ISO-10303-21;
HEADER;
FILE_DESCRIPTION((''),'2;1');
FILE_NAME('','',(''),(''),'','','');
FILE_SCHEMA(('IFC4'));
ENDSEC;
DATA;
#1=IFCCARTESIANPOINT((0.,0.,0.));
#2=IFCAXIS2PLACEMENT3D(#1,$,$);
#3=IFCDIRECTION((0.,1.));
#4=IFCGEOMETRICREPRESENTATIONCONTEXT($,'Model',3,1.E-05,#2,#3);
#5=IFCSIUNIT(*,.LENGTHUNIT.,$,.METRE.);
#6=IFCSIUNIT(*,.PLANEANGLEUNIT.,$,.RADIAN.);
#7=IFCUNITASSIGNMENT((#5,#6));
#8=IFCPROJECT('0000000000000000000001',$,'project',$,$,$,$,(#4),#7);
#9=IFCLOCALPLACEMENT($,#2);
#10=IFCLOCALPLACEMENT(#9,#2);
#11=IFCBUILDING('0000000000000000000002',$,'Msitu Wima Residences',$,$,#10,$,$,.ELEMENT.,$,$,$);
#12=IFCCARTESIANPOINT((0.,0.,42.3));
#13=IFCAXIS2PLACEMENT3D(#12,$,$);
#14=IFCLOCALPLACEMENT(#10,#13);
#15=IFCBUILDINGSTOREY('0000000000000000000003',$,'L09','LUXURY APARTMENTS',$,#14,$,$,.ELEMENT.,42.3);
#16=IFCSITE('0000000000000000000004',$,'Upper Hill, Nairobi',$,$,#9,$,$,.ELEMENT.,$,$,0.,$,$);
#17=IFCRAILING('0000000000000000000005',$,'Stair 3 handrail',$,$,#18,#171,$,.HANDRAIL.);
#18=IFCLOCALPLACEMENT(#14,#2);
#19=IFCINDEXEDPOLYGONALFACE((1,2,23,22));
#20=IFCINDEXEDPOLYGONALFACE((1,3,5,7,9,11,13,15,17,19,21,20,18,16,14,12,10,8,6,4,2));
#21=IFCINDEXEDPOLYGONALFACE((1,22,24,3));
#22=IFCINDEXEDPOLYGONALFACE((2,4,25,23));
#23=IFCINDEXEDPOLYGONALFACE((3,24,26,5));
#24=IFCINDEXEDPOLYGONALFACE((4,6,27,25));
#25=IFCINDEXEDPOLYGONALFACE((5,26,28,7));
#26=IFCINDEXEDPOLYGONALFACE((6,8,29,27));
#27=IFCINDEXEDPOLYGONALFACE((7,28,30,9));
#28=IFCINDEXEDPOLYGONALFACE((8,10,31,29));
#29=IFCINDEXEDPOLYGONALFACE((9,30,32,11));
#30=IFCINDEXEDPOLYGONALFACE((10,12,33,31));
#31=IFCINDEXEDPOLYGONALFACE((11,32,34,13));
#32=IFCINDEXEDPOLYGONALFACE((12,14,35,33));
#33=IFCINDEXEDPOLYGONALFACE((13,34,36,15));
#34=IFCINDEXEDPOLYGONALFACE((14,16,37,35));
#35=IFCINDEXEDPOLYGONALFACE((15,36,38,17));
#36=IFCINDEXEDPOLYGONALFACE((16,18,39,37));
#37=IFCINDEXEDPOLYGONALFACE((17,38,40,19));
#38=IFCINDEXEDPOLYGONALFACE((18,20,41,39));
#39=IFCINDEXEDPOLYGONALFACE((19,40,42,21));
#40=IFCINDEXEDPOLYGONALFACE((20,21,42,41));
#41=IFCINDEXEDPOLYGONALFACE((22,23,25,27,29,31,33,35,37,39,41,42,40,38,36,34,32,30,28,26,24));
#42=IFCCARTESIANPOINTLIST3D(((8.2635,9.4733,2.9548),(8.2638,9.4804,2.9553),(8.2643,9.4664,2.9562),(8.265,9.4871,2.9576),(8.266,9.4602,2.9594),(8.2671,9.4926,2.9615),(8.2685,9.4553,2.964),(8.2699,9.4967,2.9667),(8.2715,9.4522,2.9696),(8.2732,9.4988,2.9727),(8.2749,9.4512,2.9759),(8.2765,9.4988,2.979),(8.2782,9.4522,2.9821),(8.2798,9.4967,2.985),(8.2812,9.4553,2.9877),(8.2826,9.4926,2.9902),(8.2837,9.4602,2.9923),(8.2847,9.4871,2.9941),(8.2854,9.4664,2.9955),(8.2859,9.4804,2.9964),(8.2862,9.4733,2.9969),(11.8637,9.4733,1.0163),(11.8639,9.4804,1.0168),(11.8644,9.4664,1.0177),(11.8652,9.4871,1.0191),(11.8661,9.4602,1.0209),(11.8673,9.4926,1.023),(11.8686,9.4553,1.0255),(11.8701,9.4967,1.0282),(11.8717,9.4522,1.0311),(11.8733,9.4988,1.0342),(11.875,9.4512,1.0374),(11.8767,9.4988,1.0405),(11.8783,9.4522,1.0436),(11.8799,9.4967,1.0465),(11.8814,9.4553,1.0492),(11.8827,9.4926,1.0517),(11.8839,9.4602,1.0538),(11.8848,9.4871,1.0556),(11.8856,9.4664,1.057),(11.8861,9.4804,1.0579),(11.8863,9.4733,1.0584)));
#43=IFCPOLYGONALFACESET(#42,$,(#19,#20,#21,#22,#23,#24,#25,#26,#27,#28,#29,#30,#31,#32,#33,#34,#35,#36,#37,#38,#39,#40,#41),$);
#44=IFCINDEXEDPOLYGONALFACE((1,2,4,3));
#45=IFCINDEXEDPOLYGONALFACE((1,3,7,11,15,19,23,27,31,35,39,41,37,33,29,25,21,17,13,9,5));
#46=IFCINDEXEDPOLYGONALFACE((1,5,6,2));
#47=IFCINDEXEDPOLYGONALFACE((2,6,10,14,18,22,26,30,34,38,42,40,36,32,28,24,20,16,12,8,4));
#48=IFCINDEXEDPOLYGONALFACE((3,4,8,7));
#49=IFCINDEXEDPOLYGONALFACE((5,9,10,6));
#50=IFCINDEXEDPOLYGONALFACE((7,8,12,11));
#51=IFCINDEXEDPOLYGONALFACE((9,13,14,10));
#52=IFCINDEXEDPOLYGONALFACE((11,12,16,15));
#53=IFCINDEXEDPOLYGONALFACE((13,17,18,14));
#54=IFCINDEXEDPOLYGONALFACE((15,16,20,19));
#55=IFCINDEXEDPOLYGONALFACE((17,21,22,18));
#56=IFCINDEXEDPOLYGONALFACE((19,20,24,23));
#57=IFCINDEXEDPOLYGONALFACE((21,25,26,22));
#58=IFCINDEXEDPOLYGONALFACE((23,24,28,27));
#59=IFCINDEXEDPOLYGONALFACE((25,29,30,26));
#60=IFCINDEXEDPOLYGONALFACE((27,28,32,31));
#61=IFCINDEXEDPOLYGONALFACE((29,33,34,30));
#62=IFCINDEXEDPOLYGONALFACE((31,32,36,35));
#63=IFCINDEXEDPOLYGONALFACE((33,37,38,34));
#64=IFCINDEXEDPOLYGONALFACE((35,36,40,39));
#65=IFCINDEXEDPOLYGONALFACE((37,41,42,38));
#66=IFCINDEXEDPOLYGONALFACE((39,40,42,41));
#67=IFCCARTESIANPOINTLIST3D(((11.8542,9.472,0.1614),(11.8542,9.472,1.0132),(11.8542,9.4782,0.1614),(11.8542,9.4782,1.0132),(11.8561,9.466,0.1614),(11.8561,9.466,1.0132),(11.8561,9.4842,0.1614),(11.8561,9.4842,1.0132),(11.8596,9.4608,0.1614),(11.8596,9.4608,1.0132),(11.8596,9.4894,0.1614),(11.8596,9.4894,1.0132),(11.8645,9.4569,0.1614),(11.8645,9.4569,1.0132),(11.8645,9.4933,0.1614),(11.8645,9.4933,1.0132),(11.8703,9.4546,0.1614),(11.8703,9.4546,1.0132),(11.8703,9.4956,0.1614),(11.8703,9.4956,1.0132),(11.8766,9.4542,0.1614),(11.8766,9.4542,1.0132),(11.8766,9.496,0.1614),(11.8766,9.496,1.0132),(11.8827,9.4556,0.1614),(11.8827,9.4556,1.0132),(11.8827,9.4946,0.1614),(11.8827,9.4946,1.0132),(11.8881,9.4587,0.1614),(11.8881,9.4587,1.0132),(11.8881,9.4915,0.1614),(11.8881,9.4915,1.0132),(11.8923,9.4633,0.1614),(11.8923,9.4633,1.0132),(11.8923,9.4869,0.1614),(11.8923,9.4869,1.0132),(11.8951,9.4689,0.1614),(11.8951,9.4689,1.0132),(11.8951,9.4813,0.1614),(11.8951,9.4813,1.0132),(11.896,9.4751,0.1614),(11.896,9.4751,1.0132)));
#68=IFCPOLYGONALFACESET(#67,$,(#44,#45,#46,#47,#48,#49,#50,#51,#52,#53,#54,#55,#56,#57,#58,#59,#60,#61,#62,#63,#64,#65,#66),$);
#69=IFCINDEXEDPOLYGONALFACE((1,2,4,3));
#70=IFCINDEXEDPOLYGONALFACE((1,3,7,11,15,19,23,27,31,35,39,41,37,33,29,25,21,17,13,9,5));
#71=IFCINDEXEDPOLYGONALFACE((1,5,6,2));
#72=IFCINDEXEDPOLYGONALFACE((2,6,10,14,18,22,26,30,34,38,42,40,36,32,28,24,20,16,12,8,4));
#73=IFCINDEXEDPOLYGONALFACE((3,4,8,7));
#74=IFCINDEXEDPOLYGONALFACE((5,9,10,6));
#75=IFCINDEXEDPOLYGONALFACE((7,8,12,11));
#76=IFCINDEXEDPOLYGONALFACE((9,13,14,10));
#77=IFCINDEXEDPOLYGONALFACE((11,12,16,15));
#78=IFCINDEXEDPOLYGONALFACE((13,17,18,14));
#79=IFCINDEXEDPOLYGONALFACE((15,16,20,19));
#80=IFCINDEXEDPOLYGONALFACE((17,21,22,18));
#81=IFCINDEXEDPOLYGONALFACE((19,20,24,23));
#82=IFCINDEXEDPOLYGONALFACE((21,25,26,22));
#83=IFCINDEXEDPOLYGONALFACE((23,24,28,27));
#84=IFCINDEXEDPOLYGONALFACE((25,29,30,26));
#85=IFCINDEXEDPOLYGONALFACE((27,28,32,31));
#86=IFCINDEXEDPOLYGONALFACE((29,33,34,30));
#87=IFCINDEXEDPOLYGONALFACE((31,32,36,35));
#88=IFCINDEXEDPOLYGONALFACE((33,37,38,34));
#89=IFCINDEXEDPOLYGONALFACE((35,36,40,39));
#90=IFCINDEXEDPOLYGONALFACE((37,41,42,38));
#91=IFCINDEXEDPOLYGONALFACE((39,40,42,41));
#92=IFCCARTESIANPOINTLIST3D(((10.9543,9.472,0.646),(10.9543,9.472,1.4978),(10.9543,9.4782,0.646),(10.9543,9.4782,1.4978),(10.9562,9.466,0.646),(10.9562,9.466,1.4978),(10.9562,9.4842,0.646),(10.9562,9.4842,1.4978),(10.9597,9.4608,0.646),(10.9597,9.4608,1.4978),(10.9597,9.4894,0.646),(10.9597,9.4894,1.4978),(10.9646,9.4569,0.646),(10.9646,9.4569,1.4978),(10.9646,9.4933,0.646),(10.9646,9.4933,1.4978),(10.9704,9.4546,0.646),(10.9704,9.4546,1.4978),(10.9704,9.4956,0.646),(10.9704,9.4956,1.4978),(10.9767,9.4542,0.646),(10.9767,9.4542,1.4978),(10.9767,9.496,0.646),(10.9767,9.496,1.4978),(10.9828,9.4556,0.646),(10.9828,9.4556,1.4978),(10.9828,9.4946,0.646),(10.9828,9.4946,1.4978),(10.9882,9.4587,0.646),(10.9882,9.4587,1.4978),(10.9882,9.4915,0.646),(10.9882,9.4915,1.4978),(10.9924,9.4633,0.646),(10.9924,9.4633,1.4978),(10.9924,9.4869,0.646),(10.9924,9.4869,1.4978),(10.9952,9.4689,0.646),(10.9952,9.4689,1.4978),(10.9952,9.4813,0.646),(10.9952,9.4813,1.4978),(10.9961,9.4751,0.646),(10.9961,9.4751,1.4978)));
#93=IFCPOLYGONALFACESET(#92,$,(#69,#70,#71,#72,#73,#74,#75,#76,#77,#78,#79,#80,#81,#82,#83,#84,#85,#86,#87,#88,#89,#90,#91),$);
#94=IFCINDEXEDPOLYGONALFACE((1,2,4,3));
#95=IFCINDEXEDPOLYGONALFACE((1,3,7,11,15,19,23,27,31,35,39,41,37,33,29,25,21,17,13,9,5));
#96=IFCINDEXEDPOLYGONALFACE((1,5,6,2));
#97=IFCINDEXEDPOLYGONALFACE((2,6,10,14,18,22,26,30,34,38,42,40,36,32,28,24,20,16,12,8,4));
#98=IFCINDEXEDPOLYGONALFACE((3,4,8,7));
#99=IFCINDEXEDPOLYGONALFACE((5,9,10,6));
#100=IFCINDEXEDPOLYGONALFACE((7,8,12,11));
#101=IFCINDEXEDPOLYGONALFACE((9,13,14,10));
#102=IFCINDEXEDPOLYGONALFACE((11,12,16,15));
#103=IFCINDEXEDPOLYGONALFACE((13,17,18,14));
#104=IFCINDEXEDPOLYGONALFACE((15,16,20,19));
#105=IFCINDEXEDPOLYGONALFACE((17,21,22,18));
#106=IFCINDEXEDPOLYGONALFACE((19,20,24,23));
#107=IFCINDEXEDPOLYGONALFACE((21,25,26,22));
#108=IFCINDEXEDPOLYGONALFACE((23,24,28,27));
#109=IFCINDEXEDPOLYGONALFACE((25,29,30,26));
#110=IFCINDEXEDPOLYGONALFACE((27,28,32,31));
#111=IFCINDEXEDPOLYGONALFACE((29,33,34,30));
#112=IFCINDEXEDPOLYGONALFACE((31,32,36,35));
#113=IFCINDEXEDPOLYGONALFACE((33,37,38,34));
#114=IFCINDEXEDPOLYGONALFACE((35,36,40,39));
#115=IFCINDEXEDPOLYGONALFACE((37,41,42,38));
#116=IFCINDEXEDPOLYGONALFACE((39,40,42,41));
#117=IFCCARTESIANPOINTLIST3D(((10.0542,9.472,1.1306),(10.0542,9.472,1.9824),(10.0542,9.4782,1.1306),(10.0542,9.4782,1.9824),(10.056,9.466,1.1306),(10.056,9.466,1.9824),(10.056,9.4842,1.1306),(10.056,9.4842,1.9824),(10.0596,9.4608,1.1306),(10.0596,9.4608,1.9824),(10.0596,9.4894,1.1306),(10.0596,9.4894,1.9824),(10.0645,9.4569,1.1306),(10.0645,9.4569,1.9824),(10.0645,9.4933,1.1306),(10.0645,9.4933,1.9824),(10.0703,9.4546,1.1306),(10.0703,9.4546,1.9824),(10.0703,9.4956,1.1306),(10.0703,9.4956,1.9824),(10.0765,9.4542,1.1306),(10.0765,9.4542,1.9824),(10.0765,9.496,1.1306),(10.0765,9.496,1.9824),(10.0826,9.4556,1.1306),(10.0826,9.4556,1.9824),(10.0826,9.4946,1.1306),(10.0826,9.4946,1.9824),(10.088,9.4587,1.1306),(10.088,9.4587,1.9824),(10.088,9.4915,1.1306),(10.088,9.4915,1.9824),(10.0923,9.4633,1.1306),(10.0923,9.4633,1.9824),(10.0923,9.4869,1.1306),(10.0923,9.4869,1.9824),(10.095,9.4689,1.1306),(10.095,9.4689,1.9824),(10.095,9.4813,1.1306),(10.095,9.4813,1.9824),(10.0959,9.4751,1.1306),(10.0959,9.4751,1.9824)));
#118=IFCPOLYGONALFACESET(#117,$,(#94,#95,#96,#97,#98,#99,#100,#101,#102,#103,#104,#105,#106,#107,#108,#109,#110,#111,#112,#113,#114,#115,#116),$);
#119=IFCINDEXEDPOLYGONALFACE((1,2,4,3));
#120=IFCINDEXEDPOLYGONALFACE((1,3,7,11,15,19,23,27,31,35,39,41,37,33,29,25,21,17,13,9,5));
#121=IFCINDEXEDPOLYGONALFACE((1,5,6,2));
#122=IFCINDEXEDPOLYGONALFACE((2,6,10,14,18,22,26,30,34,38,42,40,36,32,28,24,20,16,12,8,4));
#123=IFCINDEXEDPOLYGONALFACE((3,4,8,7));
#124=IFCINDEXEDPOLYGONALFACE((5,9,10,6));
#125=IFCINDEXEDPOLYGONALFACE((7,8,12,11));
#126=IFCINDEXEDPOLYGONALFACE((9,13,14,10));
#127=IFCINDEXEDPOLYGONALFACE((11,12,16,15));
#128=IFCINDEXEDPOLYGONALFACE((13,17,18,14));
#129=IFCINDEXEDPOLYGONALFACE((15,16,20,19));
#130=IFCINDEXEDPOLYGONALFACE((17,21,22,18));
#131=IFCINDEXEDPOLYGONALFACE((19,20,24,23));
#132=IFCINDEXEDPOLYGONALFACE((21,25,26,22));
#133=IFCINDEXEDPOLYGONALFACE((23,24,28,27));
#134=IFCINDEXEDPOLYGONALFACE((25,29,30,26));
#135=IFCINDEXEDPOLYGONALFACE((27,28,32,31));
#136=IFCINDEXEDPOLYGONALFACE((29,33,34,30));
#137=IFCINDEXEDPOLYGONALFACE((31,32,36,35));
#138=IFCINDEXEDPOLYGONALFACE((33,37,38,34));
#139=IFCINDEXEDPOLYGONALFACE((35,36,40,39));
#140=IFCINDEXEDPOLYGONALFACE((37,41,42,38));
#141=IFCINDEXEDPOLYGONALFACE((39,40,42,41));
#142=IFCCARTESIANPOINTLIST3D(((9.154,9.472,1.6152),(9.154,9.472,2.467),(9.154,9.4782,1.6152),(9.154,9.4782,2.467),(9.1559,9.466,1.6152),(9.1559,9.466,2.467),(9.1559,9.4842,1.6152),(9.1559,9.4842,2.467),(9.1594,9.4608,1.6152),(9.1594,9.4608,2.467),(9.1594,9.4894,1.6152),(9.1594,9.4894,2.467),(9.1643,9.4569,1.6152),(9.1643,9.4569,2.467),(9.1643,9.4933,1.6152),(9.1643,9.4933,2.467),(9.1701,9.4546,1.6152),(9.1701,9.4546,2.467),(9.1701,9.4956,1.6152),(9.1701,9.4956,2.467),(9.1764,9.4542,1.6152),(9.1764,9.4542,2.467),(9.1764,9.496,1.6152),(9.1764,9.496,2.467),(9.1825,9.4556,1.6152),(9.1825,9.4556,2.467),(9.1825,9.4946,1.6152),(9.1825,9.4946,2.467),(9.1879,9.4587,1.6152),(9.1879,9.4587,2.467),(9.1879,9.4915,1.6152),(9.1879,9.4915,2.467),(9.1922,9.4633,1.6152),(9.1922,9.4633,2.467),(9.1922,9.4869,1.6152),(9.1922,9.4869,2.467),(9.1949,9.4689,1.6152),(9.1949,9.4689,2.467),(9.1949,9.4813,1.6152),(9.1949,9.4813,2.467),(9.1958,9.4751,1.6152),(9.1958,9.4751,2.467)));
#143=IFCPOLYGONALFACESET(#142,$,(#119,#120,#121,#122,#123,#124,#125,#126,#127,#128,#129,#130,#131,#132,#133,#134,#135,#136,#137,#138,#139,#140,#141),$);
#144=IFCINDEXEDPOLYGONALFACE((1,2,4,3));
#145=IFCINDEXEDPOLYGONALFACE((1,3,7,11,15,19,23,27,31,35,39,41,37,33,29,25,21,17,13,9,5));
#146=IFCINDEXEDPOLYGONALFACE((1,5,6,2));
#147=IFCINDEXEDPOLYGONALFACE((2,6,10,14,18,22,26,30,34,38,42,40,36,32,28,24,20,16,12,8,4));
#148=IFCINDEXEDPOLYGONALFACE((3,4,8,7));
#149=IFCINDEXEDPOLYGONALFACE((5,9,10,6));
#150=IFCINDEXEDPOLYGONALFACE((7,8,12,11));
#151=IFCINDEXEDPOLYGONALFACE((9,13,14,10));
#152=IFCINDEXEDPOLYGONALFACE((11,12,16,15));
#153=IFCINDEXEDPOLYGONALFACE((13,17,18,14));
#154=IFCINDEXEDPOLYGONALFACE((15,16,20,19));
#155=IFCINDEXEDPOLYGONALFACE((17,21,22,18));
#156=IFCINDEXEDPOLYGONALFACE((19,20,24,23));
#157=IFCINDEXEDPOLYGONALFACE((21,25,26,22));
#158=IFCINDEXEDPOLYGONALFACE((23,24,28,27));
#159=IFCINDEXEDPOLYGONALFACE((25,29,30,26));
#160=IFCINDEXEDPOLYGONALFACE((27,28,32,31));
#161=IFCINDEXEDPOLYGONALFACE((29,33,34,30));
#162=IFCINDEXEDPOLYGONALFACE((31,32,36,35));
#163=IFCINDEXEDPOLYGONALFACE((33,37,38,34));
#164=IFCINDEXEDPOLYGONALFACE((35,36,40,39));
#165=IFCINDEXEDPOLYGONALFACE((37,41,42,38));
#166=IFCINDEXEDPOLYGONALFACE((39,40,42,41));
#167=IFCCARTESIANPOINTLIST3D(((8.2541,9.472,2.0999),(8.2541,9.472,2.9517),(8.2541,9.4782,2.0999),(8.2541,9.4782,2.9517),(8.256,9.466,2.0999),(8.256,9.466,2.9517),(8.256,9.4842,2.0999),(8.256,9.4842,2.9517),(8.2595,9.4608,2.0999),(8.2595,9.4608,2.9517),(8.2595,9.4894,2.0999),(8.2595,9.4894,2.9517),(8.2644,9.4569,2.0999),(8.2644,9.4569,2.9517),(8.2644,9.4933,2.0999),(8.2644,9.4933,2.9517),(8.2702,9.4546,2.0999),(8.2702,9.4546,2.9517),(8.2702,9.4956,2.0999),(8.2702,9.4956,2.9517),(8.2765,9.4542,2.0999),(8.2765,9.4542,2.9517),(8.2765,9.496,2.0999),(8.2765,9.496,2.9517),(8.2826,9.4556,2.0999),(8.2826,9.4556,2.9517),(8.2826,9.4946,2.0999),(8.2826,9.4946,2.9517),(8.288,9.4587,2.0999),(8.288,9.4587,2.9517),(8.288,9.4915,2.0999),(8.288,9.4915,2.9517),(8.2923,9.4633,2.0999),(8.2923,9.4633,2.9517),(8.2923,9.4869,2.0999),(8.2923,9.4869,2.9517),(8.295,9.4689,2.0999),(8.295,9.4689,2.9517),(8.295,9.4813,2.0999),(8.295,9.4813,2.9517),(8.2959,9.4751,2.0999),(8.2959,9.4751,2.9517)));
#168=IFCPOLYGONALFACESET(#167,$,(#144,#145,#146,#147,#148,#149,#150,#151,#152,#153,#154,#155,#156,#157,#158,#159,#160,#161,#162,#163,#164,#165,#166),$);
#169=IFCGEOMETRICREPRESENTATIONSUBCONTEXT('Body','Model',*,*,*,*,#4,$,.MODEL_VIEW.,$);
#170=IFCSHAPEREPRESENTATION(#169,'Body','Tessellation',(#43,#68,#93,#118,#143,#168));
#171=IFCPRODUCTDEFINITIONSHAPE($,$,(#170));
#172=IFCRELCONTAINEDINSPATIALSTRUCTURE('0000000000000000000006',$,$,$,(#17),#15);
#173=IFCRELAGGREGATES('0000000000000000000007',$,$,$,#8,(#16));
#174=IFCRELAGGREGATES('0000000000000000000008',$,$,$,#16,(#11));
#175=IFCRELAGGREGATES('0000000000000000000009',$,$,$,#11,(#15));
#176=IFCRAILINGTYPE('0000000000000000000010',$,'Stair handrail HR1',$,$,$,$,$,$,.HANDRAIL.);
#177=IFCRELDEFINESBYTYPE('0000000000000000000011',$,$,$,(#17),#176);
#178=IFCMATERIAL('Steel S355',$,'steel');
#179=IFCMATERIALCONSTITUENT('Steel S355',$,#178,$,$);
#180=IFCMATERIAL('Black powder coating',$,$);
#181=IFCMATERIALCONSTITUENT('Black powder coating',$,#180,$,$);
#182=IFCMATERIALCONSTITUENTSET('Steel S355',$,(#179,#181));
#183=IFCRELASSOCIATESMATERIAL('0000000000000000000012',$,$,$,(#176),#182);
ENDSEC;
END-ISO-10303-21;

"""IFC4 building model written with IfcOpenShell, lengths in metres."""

from ifc_helpers import new_model, si_unit, direction, frame, origin, origin_2d, place, context, subcontext, project, spatial, circle, extrude, material, constituent, constituent_set, type_object, element, save


model = new_model("IFC4")

# Units and contexts
model_context = context("Model", 3, precision=1e-05, world=origin(), true_north=direction((0.0, 1.0)))
body_context = subcontext(model_context, "Body", "Model", "MODEL_VIEW")
ifc_project = project(units=[si_unit("LENGTHUNIT", "METRE"), si_unit("PLANEANGLEUNIT", "RADIAN")], contexts=[model_context])

# Site, building, storey
site_placement = place(None, origin())
site = spatial("IfcSite", under=ifc_project, at=site_placement, Name="Upper Hill, Nairobi", CompositionType="ELEMENT", RefElevation=0.0)
building_placement = place(site_placement, origin())
building = spatial("IfcBuilding", under=site, at=building_placement, Name="Msitu Wima Residences", CompositionType="ELEMENT")
storey_placement = place(building_placement, frame((0.0, 0.0, 42.3)))
storey = spatial("IfcBuildingStorey", under=building, at=storey_placement, Name="L09", Description="LUXURY APARTMENTS", CompositionType="ELEMENT", Elevation=42.3)

# Railing
ifc_material_1 = material(Name="Steel S355", Category="steel")
ifc_constituent_1 = constituent(ifc_material_1, Name="Steel S355")
ifc_material_2 = material(Name="Black powder coating")
ifc_constituent_2 = constituent(ifc_material_2, Name="Black powder coating")
ifc_constituent_set_1 = constituent_set(constituents=[ifc_constituent_1, ifc_constituent_2], Name="Steel S355")
railing_type_1 = type_object("IfcRailingType", Name="Stair handrail HR1", PredefinedType="HANDRAIL", material=ifc_constituent_set_1)
for number, where, name in (
    (1, (11.875, 9.4751, 0.1614), "Stair 3 handrail"),
):
    element("IfcRailing", number, at=place(storey_placement, frame(where)), inside=storey, type_object=railing_type_1, Name=name, PredefinedType="HANDRAIL", context=body_context, shape_type="SweptSolid", body=[
        extrude(circle(Radius=0.0239, at=origin_2d()), frame((0.0, 0.0, 0.876), z_axis=(-0.880475, 0.0, 0.474093), x_axis=(0.0, -1.0, 0.0)), (0.0, 0.0, 1.0), 4.0889),
        extrude(circle(Radius=0.021, at=origin_2d()), origin(), (0.0, 0.0, 1.0), 0.8518),
        extrude(circle(Radius=0.021, at=origin_2d()), frame((-0.8999, 0.0, 0.4846)), (0.0, 0.0, 1.0), 0.8518),
        extrude(circle(Radius=0.021, at=origin_2d()), frame((-1.8, 0.0, 0.9692)), (0.0, 0.0, 1.0), 0.8518),
        extrude(circle(Radius=0.021, at=origin_2d()), frame((-2.7002, 0.0, 1.4539)), (0.0, 0.0, 1.0), 0.8518),
        extrude(circle(Radius=0.021, at=origin_2d()), frame((-3.6001, 0.0, 1.9385)), (0.0, 0.0, 1.0), 0.8518),
    ])

save(model, "model.ifc")
